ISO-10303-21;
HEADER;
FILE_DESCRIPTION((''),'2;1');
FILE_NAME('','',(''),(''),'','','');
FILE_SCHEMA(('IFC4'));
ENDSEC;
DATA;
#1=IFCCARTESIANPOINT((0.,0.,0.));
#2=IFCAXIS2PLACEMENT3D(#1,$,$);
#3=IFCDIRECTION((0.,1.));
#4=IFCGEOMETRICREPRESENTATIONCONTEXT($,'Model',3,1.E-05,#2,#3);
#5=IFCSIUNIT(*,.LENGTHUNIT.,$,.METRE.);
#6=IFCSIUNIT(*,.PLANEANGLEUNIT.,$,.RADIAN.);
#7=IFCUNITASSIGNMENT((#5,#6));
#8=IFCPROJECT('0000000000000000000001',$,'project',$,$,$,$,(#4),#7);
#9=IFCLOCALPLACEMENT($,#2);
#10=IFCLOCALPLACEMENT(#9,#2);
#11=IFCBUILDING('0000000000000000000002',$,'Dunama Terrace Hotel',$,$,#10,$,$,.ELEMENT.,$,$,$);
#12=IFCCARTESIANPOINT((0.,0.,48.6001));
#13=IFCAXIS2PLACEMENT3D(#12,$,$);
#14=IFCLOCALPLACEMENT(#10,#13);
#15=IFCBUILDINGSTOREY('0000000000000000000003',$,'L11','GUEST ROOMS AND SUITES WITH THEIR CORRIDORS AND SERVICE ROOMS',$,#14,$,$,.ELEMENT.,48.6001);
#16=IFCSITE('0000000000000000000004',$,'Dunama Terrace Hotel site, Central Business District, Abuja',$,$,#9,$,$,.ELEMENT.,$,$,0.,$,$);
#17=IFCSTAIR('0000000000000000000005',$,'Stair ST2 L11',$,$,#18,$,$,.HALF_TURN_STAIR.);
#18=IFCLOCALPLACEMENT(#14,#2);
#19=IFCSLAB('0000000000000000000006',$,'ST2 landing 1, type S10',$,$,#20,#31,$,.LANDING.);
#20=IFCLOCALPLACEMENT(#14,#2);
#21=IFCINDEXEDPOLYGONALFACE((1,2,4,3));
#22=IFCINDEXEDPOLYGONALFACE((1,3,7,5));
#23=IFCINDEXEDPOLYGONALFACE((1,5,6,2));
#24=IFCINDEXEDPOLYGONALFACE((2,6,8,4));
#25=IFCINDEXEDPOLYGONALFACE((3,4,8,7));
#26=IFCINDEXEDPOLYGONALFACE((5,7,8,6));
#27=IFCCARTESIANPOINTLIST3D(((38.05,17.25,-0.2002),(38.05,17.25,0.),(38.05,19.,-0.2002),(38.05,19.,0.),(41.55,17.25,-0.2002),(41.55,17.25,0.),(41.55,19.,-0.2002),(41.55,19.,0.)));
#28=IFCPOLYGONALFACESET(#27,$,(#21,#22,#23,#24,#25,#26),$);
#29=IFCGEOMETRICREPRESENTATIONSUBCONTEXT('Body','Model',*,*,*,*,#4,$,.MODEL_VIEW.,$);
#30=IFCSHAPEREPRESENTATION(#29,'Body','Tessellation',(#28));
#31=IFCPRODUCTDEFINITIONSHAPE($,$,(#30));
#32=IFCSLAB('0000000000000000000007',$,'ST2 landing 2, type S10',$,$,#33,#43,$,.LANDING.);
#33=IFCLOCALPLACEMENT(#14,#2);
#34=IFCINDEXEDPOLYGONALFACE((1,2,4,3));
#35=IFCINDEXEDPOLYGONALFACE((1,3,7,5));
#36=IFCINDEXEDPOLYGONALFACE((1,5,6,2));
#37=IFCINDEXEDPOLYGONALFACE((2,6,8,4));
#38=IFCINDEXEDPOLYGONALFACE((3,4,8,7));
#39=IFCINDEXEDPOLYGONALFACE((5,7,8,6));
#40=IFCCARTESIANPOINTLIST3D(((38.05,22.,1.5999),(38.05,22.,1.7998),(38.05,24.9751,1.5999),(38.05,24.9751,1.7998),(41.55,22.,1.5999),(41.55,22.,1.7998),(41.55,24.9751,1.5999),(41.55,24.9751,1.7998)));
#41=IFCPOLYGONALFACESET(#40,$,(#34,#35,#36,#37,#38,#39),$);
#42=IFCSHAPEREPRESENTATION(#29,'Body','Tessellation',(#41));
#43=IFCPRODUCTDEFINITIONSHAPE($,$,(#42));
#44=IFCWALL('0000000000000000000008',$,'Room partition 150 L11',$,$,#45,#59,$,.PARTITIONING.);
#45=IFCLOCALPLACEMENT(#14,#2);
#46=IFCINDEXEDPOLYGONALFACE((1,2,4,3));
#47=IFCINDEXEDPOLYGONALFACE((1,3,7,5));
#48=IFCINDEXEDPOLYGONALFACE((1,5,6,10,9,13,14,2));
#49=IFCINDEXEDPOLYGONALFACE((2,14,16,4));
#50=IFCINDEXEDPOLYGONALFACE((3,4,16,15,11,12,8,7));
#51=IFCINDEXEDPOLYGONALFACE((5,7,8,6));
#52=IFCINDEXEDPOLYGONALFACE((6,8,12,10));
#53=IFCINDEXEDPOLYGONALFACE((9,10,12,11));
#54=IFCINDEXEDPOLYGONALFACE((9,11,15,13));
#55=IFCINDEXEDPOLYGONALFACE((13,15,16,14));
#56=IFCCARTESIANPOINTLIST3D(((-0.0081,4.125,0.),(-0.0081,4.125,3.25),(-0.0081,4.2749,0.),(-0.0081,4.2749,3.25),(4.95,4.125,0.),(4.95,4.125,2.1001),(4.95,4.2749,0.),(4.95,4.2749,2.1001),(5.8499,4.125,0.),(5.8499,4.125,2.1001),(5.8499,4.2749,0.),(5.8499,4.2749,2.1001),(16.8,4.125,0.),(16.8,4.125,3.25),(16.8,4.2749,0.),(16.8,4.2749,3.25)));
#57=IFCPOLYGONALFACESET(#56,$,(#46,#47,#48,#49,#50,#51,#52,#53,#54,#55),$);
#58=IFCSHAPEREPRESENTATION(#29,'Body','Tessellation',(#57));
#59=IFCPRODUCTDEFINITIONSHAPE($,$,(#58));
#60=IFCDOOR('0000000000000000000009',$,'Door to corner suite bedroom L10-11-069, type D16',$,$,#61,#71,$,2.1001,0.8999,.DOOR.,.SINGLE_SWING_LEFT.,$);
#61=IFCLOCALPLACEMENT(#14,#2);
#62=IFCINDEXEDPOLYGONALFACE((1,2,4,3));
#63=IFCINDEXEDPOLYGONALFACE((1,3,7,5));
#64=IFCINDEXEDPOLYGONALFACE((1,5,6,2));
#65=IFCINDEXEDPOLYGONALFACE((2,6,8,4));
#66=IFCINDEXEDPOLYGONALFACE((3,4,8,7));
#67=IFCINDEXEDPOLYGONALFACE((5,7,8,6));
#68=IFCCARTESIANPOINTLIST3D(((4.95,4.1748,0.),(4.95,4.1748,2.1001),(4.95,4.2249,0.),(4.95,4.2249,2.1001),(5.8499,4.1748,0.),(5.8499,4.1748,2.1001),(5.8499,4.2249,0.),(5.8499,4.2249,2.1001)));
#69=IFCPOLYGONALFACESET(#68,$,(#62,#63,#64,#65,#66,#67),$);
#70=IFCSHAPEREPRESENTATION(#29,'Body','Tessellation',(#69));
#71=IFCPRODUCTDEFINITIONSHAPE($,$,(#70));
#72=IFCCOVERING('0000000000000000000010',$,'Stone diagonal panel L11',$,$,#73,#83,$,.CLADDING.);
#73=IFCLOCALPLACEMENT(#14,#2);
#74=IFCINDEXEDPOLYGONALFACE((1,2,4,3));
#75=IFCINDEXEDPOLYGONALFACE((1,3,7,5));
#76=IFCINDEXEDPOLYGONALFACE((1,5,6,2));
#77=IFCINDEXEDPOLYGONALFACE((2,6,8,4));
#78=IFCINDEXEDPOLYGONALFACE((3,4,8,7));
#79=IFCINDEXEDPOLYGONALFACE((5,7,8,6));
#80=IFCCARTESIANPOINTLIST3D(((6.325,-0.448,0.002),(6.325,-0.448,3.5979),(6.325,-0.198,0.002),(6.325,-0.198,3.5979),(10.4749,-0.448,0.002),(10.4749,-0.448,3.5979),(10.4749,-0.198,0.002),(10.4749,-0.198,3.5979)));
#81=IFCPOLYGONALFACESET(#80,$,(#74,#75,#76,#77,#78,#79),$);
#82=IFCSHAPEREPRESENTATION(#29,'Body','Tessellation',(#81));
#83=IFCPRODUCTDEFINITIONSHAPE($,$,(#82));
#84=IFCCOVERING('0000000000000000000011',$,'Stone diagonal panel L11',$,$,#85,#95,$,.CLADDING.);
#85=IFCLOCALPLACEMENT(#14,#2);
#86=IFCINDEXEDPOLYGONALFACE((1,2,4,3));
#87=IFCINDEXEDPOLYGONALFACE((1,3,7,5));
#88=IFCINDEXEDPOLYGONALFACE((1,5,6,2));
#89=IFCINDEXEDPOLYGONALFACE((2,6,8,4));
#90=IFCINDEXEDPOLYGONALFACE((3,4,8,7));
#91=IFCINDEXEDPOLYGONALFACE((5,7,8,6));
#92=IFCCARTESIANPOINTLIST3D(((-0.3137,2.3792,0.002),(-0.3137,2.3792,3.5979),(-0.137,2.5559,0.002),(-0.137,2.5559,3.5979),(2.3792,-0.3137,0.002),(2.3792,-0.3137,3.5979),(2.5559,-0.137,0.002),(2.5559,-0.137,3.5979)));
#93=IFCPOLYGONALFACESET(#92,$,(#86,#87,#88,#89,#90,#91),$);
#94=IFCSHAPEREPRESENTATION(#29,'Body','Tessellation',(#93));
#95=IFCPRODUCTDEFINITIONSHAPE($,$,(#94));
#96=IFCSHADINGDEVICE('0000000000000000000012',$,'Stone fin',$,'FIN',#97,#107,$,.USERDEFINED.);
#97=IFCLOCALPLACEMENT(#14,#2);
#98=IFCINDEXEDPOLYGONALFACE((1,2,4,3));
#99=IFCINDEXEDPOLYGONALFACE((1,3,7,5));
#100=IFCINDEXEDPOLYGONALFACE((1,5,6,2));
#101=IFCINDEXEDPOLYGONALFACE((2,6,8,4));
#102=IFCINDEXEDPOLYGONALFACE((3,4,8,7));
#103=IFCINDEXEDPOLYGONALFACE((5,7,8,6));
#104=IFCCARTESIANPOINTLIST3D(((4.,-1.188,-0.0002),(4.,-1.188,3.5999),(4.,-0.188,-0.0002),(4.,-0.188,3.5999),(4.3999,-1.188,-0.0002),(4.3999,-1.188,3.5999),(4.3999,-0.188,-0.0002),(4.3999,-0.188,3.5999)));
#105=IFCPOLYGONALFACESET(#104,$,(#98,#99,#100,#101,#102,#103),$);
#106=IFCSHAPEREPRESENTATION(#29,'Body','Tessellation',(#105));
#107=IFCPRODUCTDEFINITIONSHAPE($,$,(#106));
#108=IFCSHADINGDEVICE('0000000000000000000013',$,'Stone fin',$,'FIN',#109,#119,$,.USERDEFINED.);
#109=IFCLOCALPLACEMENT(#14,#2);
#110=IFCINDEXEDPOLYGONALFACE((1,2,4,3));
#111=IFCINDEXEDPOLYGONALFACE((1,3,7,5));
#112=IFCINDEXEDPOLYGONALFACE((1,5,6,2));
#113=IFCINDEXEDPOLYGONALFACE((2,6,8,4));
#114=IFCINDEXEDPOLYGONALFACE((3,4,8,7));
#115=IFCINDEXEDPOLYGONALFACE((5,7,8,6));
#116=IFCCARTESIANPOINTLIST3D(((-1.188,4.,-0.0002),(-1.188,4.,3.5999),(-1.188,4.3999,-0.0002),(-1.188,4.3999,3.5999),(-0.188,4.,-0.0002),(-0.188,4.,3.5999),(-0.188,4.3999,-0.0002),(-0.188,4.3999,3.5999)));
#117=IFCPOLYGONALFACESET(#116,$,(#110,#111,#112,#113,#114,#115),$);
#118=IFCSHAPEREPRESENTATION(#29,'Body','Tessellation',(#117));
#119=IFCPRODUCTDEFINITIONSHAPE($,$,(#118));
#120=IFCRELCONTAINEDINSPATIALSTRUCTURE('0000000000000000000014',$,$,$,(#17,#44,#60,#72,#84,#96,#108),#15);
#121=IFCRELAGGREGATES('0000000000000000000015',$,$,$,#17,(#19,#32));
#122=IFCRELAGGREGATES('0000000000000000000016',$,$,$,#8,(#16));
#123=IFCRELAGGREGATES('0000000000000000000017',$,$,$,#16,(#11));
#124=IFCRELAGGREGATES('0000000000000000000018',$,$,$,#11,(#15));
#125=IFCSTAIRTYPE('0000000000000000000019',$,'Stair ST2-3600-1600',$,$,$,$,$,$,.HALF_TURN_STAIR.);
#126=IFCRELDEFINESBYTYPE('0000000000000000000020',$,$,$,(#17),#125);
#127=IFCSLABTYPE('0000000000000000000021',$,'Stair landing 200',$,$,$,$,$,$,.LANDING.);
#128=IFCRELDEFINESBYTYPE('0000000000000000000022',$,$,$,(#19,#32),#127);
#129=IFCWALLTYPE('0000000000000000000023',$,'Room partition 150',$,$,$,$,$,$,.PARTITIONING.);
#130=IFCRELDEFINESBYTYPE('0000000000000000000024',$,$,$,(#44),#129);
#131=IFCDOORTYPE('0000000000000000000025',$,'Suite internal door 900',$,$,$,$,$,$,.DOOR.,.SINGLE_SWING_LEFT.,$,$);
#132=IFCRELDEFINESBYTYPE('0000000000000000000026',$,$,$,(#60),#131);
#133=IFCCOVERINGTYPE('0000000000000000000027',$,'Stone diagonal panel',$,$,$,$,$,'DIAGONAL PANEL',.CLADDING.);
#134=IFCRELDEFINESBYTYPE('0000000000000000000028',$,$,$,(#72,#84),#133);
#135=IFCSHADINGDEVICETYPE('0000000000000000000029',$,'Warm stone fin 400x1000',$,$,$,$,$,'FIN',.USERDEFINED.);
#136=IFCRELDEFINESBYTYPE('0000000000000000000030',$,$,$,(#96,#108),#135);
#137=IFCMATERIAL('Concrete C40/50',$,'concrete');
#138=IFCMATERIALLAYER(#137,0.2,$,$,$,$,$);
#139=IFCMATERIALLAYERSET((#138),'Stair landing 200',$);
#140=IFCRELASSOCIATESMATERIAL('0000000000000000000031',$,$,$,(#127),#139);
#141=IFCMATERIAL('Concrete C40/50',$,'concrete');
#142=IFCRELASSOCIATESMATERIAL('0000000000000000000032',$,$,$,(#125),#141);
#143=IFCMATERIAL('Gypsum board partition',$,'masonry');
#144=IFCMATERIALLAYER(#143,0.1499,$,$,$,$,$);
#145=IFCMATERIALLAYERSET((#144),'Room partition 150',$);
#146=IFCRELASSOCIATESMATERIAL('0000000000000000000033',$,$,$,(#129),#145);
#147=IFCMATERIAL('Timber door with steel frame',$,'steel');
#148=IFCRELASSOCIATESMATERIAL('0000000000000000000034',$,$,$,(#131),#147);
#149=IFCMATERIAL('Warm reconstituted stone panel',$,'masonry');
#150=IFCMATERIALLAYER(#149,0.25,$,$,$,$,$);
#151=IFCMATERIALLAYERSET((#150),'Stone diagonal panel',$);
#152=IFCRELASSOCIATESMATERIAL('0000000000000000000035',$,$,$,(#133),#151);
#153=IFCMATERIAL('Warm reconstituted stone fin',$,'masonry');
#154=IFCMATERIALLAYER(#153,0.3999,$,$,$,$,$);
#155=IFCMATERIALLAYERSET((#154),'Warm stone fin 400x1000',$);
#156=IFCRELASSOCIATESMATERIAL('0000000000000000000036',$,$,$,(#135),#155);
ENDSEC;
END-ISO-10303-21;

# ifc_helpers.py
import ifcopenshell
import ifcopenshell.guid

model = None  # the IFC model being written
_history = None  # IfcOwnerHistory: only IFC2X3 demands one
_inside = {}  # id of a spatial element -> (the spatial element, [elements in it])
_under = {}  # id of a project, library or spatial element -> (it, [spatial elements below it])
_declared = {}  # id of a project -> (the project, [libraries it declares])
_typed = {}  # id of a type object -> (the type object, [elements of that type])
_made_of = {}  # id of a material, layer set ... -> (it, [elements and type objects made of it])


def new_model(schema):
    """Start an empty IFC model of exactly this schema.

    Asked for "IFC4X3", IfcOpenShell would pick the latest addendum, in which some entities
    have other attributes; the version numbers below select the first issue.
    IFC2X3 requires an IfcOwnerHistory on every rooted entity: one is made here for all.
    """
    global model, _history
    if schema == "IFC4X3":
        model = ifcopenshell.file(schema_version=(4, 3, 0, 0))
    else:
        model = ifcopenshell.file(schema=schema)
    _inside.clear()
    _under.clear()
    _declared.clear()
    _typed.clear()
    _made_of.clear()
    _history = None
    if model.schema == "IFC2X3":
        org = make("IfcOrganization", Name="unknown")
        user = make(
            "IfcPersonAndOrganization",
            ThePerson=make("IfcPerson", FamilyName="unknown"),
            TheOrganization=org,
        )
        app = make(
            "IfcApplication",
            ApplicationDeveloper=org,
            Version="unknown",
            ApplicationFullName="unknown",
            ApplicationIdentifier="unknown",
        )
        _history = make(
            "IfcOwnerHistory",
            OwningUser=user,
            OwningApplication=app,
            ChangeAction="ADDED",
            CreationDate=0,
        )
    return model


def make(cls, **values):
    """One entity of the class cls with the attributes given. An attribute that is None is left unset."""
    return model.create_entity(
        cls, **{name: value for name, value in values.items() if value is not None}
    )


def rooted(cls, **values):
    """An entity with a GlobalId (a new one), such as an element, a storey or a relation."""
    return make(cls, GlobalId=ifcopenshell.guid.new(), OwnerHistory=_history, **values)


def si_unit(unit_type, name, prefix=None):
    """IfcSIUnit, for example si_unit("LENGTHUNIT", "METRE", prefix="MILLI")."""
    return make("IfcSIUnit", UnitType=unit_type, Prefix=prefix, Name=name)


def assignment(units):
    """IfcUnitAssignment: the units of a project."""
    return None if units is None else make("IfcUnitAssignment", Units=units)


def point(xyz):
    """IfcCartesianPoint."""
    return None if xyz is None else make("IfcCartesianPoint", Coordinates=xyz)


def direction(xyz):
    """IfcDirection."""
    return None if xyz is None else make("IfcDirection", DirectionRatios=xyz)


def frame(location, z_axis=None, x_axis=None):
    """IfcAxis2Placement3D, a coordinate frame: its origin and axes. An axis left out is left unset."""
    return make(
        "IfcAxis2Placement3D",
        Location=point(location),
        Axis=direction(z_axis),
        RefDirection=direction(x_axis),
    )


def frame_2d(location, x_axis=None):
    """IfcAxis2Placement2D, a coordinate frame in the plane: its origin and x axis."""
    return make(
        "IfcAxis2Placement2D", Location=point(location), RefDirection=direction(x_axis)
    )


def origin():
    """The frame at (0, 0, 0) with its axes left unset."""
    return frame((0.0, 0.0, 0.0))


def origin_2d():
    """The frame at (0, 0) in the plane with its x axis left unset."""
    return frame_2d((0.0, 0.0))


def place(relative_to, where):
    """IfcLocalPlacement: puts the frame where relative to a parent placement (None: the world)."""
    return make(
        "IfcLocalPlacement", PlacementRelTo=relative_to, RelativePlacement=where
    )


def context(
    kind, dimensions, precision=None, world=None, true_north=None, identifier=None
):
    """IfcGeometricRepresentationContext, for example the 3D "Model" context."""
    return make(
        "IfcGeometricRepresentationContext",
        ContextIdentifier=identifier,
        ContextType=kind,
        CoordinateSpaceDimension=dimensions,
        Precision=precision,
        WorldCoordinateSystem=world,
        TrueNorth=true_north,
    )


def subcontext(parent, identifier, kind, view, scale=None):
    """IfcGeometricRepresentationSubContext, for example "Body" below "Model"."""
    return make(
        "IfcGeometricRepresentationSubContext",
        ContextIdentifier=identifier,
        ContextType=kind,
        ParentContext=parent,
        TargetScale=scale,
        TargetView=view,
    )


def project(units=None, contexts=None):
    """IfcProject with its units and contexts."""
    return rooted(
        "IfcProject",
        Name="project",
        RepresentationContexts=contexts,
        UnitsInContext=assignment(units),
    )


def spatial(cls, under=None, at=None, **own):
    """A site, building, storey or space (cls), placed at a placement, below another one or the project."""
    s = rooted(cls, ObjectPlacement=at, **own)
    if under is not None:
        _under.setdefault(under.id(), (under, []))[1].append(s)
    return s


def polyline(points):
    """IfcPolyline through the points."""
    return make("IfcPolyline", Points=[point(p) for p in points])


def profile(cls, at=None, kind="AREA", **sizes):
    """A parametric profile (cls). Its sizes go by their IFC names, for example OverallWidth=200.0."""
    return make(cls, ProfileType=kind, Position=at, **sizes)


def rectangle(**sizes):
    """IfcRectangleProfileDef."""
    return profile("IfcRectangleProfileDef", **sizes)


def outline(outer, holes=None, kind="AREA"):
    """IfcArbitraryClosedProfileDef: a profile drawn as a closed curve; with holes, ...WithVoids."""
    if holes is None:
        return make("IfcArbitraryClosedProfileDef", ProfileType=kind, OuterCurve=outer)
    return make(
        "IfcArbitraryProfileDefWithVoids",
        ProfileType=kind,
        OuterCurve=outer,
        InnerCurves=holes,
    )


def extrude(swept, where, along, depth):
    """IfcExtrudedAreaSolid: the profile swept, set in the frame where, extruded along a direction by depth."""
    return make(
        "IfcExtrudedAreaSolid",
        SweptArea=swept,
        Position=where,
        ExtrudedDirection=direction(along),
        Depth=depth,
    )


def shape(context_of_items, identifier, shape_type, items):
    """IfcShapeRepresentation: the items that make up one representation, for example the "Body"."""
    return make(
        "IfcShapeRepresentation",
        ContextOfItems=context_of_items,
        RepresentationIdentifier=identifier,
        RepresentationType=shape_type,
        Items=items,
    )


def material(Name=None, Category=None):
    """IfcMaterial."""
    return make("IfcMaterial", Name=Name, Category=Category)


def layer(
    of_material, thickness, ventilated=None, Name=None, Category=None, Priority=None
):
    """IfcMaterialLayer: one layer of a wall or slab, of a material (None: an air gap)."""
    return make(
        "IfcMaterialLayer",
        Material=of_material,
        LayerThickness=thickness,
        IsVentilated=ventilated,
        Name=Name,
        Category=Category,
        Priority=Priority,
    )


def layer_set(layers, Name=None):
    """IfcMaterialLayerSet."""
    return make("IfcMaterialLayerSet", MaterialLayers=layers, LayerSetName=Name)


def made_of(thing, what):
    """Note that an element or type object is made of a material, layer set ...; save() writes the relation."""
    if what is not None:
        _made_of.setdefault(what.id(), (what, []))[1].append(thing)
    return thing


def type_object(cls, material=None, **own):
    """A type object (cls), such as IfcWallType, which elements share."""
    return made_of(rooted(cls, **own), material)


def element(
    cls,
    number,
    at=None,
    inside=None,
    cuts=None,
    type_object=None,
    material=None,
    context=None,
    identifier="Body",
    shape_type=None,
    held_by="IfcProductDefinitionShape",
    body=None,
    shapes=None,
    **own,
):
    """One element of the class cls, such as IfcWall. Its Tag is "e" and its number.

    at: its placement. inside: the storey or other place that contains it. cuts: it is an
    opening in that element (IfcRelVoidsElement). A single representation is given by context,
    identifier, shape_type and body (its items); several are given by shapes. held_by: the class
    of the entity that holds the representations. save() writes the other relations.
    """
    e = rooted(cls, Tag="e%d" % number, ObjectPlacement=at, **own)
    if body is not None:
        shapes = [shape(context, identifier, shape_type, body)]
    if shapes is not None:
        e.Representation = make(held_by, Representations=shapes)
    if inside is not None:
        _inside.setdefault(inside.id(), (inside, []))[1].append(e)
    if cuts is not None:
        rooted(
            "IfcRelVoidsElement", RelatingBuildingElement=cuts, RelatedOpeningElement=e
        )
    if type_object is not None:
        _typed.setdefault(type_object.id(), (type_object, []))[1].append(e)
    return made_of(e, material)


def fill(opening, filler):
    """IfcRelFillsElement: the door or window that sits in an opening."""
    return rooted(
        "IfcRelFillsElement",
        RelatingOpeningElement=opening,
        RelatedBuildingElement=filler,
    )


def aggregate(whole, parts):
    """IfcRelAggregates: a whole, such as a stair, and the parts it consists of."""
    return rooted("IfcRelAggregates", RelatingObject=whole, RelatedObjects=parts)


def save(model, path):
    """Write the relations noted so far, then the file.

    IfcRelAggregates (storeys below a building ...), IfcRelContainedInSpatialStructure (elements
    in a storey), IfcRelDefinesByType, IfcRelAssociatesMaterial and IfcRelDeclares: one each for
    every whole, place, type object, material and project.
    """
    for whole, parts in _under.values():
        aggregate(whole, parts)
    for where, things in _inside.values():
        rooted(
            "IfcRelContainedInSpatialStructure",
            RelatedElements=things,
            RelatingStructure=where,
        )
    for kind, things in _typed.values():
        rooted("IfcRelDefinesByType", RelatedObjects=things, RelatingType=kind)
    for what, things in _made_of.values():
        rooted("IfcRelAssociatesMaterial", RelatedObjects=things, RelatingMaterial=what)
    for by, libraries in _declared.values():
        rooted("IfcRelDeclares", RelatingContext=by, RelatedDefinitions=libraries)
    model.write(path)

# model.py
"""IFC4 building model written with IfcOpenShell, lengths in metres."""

from ifc_helpers import new_model, si_unit, direction, frame, frame_2d, origin, origin_2d, place, context, subcontext, project, spatial, polyline, rectangle, outline, extrude, material, layer, layer_set, type_object, element, fill, aggregate, save


model = new_model("IFC4")

# Units and contexts
model_context = context("Model", 3, precision=1e-05, world=origin(), true_north=direction((0.0, 1.0)))
body_context = subcontext(model_context, "Body", "Model", "MODEL_VIEW")
ifc_project = project(units=[si_unit("LENGTHUNIT", "METRE"), si_unit("PLANEANGLEUNIT", "RADIAN")], contexts=[model_context])

# Site, building, storey
site_placement = place(None, origin())
site = spatial("IfcSite", under=ifc_project, at=site_placement, Name="Dunama Terrace Hotel site, Central Business District, Abuja", CompositionType="ELEMENT", RefElevation=0.0)
building_placement = place(site_placement, origin())
building = spatial("IfcBuilding", under=site, at=building_placement, Name="Dunama Terrace Hotel", CompositionType="ELEMENT")
storey_placement = place(building_placement, frame((0.0, 0.0, 48.6001)))
storey = spatial("IfcBuildingStorey", under=building, at=storey_placement, Name="L11", Description="GUEST ROOMS AND SUITES WITH THEIR CORRIDORS AND SERVICE ROOMS", CompositionType="ELEMENT", Elevation=48.6001)

# Stair, slabs
ifc_material_1 = material(Name="Concrete C40/50", Category="concrete")
ifc_layer_1 = layer(ifc_material_1, 0.2)
ifc_layer_set_1 = layer_set([ifc_layer_1], Name="Stair landing 200")
slab_type_1 = type_object("IfcSlabType", Name="Stair landing 200", PredefinedType="LANDING", material=ifc_layer_set_1)
ifc_material_2 = material(Name="Concrete C40/50", Category="concrete")
stair_type_1 = type_object("IfcStairType", Name="Stair ST2-3600-1600", PredefinedType="HALF_TURN_STAIR", material=ifc_material_2)
stair_1_placement = place(storey_placement, origin())
stair_1 = element("IfcStair", 1, at=stair_1_placement, inside=storey, type_object=stair_type_1, Name="Stair ST2 L11", PredefinedType="HALF_TURN_STAIR")
slab_1_placement = place(storey_placement, frame((0.0, 0.0, -0.2002)))
slab_1 = element("IfcSlab", 2, at=slab_1_placement, type_object=slab_type_1, Name="ST2 landing 1, type S10", PredefinedType="LANDING", context=body_context, shape_type="SweptSolid", body=[
    extrude(outline(polyline([(38.05, 17.25), (41.55, 17.25), (41.55, 19.0), (38.05, 19.0), (38.05, 17.25)])), origin(), (0.0, 0.0, 1.0), 0.2002),
])
slab_2_placement = place(storey_placement, frame((0.0, 0.0, 1.5999)))
slab_2 = element("IfcSlab", 3, at=slab_2_placement, type_object=slab_type_1, Name="ST2 landing 2, type S10", PredefinedType="LANDING", context=body_context, shape_type="SweptSolid", body=[
    extrude(outline(polyline([(38.05, 22.0), (41.55, 22.0), (41.55, 24.9751), (38.05, 24.9751), (38.05, 22.0)])), origin(), (0.0, 0.0, 1.0), 0.2),
])
aggregate(stair_1, [slab_1, slab_2])

# Wall, opening, door
ifc_material_3 = material(Name="Gypsum board partition", Category="masonry")
ifc_layer_2 = layer(ifc_material_3, 0.1499)
ifc_layer_set_2 = layer_set([ifc_layer_2], Name="Room partition 150")
wall_type = type_object("IfcWallType", Name="Room partition 150", PredefinedType="PARTITIONING", material=ifc_layer_set_2)
wall_placement = place(storey_placement, frame((-0.0081, 4.2, 0.0), z_axis=(0.0, 0.0, 1.0), x_axis=(1.0, 0.0, 0.0)))
wall = element("IfcWall", 4, at=wall_placement, inside=storey, type_object=wall_type, Name="Room partition 150 L11", PredefinedType="PARTITIONING", context=body_context, shape_type="SweptSolid", body=[
    extrude(rectangle(XDim=16.8081, YDim=0.1499, at=frame_2d((8.4041, 0.0))), origin(), (0.0, 0.0, 1.0), 3.25),
])
opening_placement = place(wall_placement, frame((4.958, 0.0, 0.0)))
opening = element("IfcOpeningElement", 5, at=opening_placement, cuts=wall, PredefinedType="OPENING", context=body_context, shape_type="SweptSolid", body=[
    extrude(rectangle(XDim=0.8999, YDim=2.1001, at=frame_2d((0.45, 1.05))), frame((0.0, 0.085, 0.0), z_axis=(0.0, -1.0, 0.0), x_axis=(1.0, 0.0, 0.0)), (0.0, 0.0, 1.0), 0.1699),
])
ifc_material_4 = material(Name="Timber door with steel frame", Category="steel")
door_type = type_object("IfcDoorType", Name="Suite internal door 900", OperationType="SINGLE_SWING_LEFT", PredefinedType="DOOR", material=ifc_material_4)
door_placement = place(opening_placement, frame((0.8999, 0.0, 0.0), z_axis=(0.0, 0.0, 1.0), x_axis=(-1.0, 0.0, 0.0)))
door = element("IfcDoor", 6, at=door_placement, inside=storey, type_object=door_type, Name="Door to corner suite bedroom L10-11-069, type D16", OperationType="SINGLE_SWING_LEFT", OverallHeight=2.1001, OverallWidth=0.8999, PredefinedType="DOOR", context=body_context, shape_type="SweptSolid", body=[
    extrude(rectangle(XDim=0.8999, YDim=2.1001, at=frame_2d((0.45, 1.05))), frame((0.0, 0.0251, 0.0), z_axis=(0.0, -1.0, 0.0), x_axis=(1.0, 0.0, 0.0)), (0.0, 0.0, 1.0), 0.05),
])
fill(opening, door)

# Coverings
ifc_material_5 = material(Name="Warm reconstituted stone panel", Category="masonry")
ifc_layer_3 = layer(ifc_material_5, 0.25)
ifc_layer_set_3 = layer_set([ifc_layer_3], Name="Stone diagonal panel")
covering_type = type_object("IfcCoveringType", Name="Stone diagonal panel", ElementType="DIAGONAL PANEL", PredefinedType="CLADDING", material=ifc_layer_set_3)
covering_1_placement = place(storey_placement, frame((8.3999, -0.323, 0.002), z_axis=(0.0, 0.0, 1.0), x_axis=(1.0, 0.0, 0.0)))
element("IfcCovering", 7, at=covering_1_placement, inside=storey, type_object=covering_type, Name="Stone diagonal panel L11", PredefinedType="CLADDING", context=body_context, shape_type="SweptSolid", body=[
    extrude(rectangle(XDim=4.1499, YDim=0.25, at=origin_2d()), origin(), (0.0, 0.0, 1.0), 3.5959),
])
covering_2_placement = place(storey_placement, frame((1.1211, 1.1211, 0.002), z_axis=(0.0, 0.0, 1.0), x_axis=(0.707107, -0.707107, 0.0)))
element("IfcCovering", 8, at=covering_2_placement, inside=storey, type_object=covering_type, Name="Stone diagonal panel L11", PredefinedType="CLADDING", context=body_context, shape_type="SweptSolid", body=[
    extrude(rectangle(XDim=3.8083, YDim=0.25, at=origin_2d()), origin(), (0.0, 0.0, 1.0), 3.5959),
])

# Shading devices
ifc_material_6 = material(Name="Warm reconstituted stone fin", Category="masonry")
ifc_layer_4 = layer(ifc_material_6, 0.3999)
ifc_layer_set_4 = layer_set([ifc_layer_4], Name="Warm stone fin 400x1000")
shading_device_type = type_object("IfcShadingDeviceType", Name="Warm stone fin 400x1000", ElementType="FIN", PredefinedType="USERDEFINED", material=ifc_layer_set_4)
for number, where, z_axis, x_axis, name in (
    (9, (4.2, -0.688, -0.0002), (0.0, 0.0, 1.0), (1.0, 0.0, 0.0), "Stone fin"),
    (10, (-0.688, 4.2, -0.0002), (0.0, 0.0, 1.0), (0.0, -1.0, 0.0), "Stone fin"),
):
    element("IfcShadingDevice", number, at=place(storey_placement, frame(where, z_axis=z_axis, x_axis=x_axis)), inside=storey, type_object=shading_device_type, Name=name, ObjectType="FIN", PredefinedType="USERDEFINED", context=body_context, shape_type="SweptSolid", body=[
        extrude(rectangle(XDim=0.3999, YDim=1.0, at=origin_2d()), origin(), (0.0, 0.0, 1.0), 3.6001),
    ])

save(model, "model.ifc")
